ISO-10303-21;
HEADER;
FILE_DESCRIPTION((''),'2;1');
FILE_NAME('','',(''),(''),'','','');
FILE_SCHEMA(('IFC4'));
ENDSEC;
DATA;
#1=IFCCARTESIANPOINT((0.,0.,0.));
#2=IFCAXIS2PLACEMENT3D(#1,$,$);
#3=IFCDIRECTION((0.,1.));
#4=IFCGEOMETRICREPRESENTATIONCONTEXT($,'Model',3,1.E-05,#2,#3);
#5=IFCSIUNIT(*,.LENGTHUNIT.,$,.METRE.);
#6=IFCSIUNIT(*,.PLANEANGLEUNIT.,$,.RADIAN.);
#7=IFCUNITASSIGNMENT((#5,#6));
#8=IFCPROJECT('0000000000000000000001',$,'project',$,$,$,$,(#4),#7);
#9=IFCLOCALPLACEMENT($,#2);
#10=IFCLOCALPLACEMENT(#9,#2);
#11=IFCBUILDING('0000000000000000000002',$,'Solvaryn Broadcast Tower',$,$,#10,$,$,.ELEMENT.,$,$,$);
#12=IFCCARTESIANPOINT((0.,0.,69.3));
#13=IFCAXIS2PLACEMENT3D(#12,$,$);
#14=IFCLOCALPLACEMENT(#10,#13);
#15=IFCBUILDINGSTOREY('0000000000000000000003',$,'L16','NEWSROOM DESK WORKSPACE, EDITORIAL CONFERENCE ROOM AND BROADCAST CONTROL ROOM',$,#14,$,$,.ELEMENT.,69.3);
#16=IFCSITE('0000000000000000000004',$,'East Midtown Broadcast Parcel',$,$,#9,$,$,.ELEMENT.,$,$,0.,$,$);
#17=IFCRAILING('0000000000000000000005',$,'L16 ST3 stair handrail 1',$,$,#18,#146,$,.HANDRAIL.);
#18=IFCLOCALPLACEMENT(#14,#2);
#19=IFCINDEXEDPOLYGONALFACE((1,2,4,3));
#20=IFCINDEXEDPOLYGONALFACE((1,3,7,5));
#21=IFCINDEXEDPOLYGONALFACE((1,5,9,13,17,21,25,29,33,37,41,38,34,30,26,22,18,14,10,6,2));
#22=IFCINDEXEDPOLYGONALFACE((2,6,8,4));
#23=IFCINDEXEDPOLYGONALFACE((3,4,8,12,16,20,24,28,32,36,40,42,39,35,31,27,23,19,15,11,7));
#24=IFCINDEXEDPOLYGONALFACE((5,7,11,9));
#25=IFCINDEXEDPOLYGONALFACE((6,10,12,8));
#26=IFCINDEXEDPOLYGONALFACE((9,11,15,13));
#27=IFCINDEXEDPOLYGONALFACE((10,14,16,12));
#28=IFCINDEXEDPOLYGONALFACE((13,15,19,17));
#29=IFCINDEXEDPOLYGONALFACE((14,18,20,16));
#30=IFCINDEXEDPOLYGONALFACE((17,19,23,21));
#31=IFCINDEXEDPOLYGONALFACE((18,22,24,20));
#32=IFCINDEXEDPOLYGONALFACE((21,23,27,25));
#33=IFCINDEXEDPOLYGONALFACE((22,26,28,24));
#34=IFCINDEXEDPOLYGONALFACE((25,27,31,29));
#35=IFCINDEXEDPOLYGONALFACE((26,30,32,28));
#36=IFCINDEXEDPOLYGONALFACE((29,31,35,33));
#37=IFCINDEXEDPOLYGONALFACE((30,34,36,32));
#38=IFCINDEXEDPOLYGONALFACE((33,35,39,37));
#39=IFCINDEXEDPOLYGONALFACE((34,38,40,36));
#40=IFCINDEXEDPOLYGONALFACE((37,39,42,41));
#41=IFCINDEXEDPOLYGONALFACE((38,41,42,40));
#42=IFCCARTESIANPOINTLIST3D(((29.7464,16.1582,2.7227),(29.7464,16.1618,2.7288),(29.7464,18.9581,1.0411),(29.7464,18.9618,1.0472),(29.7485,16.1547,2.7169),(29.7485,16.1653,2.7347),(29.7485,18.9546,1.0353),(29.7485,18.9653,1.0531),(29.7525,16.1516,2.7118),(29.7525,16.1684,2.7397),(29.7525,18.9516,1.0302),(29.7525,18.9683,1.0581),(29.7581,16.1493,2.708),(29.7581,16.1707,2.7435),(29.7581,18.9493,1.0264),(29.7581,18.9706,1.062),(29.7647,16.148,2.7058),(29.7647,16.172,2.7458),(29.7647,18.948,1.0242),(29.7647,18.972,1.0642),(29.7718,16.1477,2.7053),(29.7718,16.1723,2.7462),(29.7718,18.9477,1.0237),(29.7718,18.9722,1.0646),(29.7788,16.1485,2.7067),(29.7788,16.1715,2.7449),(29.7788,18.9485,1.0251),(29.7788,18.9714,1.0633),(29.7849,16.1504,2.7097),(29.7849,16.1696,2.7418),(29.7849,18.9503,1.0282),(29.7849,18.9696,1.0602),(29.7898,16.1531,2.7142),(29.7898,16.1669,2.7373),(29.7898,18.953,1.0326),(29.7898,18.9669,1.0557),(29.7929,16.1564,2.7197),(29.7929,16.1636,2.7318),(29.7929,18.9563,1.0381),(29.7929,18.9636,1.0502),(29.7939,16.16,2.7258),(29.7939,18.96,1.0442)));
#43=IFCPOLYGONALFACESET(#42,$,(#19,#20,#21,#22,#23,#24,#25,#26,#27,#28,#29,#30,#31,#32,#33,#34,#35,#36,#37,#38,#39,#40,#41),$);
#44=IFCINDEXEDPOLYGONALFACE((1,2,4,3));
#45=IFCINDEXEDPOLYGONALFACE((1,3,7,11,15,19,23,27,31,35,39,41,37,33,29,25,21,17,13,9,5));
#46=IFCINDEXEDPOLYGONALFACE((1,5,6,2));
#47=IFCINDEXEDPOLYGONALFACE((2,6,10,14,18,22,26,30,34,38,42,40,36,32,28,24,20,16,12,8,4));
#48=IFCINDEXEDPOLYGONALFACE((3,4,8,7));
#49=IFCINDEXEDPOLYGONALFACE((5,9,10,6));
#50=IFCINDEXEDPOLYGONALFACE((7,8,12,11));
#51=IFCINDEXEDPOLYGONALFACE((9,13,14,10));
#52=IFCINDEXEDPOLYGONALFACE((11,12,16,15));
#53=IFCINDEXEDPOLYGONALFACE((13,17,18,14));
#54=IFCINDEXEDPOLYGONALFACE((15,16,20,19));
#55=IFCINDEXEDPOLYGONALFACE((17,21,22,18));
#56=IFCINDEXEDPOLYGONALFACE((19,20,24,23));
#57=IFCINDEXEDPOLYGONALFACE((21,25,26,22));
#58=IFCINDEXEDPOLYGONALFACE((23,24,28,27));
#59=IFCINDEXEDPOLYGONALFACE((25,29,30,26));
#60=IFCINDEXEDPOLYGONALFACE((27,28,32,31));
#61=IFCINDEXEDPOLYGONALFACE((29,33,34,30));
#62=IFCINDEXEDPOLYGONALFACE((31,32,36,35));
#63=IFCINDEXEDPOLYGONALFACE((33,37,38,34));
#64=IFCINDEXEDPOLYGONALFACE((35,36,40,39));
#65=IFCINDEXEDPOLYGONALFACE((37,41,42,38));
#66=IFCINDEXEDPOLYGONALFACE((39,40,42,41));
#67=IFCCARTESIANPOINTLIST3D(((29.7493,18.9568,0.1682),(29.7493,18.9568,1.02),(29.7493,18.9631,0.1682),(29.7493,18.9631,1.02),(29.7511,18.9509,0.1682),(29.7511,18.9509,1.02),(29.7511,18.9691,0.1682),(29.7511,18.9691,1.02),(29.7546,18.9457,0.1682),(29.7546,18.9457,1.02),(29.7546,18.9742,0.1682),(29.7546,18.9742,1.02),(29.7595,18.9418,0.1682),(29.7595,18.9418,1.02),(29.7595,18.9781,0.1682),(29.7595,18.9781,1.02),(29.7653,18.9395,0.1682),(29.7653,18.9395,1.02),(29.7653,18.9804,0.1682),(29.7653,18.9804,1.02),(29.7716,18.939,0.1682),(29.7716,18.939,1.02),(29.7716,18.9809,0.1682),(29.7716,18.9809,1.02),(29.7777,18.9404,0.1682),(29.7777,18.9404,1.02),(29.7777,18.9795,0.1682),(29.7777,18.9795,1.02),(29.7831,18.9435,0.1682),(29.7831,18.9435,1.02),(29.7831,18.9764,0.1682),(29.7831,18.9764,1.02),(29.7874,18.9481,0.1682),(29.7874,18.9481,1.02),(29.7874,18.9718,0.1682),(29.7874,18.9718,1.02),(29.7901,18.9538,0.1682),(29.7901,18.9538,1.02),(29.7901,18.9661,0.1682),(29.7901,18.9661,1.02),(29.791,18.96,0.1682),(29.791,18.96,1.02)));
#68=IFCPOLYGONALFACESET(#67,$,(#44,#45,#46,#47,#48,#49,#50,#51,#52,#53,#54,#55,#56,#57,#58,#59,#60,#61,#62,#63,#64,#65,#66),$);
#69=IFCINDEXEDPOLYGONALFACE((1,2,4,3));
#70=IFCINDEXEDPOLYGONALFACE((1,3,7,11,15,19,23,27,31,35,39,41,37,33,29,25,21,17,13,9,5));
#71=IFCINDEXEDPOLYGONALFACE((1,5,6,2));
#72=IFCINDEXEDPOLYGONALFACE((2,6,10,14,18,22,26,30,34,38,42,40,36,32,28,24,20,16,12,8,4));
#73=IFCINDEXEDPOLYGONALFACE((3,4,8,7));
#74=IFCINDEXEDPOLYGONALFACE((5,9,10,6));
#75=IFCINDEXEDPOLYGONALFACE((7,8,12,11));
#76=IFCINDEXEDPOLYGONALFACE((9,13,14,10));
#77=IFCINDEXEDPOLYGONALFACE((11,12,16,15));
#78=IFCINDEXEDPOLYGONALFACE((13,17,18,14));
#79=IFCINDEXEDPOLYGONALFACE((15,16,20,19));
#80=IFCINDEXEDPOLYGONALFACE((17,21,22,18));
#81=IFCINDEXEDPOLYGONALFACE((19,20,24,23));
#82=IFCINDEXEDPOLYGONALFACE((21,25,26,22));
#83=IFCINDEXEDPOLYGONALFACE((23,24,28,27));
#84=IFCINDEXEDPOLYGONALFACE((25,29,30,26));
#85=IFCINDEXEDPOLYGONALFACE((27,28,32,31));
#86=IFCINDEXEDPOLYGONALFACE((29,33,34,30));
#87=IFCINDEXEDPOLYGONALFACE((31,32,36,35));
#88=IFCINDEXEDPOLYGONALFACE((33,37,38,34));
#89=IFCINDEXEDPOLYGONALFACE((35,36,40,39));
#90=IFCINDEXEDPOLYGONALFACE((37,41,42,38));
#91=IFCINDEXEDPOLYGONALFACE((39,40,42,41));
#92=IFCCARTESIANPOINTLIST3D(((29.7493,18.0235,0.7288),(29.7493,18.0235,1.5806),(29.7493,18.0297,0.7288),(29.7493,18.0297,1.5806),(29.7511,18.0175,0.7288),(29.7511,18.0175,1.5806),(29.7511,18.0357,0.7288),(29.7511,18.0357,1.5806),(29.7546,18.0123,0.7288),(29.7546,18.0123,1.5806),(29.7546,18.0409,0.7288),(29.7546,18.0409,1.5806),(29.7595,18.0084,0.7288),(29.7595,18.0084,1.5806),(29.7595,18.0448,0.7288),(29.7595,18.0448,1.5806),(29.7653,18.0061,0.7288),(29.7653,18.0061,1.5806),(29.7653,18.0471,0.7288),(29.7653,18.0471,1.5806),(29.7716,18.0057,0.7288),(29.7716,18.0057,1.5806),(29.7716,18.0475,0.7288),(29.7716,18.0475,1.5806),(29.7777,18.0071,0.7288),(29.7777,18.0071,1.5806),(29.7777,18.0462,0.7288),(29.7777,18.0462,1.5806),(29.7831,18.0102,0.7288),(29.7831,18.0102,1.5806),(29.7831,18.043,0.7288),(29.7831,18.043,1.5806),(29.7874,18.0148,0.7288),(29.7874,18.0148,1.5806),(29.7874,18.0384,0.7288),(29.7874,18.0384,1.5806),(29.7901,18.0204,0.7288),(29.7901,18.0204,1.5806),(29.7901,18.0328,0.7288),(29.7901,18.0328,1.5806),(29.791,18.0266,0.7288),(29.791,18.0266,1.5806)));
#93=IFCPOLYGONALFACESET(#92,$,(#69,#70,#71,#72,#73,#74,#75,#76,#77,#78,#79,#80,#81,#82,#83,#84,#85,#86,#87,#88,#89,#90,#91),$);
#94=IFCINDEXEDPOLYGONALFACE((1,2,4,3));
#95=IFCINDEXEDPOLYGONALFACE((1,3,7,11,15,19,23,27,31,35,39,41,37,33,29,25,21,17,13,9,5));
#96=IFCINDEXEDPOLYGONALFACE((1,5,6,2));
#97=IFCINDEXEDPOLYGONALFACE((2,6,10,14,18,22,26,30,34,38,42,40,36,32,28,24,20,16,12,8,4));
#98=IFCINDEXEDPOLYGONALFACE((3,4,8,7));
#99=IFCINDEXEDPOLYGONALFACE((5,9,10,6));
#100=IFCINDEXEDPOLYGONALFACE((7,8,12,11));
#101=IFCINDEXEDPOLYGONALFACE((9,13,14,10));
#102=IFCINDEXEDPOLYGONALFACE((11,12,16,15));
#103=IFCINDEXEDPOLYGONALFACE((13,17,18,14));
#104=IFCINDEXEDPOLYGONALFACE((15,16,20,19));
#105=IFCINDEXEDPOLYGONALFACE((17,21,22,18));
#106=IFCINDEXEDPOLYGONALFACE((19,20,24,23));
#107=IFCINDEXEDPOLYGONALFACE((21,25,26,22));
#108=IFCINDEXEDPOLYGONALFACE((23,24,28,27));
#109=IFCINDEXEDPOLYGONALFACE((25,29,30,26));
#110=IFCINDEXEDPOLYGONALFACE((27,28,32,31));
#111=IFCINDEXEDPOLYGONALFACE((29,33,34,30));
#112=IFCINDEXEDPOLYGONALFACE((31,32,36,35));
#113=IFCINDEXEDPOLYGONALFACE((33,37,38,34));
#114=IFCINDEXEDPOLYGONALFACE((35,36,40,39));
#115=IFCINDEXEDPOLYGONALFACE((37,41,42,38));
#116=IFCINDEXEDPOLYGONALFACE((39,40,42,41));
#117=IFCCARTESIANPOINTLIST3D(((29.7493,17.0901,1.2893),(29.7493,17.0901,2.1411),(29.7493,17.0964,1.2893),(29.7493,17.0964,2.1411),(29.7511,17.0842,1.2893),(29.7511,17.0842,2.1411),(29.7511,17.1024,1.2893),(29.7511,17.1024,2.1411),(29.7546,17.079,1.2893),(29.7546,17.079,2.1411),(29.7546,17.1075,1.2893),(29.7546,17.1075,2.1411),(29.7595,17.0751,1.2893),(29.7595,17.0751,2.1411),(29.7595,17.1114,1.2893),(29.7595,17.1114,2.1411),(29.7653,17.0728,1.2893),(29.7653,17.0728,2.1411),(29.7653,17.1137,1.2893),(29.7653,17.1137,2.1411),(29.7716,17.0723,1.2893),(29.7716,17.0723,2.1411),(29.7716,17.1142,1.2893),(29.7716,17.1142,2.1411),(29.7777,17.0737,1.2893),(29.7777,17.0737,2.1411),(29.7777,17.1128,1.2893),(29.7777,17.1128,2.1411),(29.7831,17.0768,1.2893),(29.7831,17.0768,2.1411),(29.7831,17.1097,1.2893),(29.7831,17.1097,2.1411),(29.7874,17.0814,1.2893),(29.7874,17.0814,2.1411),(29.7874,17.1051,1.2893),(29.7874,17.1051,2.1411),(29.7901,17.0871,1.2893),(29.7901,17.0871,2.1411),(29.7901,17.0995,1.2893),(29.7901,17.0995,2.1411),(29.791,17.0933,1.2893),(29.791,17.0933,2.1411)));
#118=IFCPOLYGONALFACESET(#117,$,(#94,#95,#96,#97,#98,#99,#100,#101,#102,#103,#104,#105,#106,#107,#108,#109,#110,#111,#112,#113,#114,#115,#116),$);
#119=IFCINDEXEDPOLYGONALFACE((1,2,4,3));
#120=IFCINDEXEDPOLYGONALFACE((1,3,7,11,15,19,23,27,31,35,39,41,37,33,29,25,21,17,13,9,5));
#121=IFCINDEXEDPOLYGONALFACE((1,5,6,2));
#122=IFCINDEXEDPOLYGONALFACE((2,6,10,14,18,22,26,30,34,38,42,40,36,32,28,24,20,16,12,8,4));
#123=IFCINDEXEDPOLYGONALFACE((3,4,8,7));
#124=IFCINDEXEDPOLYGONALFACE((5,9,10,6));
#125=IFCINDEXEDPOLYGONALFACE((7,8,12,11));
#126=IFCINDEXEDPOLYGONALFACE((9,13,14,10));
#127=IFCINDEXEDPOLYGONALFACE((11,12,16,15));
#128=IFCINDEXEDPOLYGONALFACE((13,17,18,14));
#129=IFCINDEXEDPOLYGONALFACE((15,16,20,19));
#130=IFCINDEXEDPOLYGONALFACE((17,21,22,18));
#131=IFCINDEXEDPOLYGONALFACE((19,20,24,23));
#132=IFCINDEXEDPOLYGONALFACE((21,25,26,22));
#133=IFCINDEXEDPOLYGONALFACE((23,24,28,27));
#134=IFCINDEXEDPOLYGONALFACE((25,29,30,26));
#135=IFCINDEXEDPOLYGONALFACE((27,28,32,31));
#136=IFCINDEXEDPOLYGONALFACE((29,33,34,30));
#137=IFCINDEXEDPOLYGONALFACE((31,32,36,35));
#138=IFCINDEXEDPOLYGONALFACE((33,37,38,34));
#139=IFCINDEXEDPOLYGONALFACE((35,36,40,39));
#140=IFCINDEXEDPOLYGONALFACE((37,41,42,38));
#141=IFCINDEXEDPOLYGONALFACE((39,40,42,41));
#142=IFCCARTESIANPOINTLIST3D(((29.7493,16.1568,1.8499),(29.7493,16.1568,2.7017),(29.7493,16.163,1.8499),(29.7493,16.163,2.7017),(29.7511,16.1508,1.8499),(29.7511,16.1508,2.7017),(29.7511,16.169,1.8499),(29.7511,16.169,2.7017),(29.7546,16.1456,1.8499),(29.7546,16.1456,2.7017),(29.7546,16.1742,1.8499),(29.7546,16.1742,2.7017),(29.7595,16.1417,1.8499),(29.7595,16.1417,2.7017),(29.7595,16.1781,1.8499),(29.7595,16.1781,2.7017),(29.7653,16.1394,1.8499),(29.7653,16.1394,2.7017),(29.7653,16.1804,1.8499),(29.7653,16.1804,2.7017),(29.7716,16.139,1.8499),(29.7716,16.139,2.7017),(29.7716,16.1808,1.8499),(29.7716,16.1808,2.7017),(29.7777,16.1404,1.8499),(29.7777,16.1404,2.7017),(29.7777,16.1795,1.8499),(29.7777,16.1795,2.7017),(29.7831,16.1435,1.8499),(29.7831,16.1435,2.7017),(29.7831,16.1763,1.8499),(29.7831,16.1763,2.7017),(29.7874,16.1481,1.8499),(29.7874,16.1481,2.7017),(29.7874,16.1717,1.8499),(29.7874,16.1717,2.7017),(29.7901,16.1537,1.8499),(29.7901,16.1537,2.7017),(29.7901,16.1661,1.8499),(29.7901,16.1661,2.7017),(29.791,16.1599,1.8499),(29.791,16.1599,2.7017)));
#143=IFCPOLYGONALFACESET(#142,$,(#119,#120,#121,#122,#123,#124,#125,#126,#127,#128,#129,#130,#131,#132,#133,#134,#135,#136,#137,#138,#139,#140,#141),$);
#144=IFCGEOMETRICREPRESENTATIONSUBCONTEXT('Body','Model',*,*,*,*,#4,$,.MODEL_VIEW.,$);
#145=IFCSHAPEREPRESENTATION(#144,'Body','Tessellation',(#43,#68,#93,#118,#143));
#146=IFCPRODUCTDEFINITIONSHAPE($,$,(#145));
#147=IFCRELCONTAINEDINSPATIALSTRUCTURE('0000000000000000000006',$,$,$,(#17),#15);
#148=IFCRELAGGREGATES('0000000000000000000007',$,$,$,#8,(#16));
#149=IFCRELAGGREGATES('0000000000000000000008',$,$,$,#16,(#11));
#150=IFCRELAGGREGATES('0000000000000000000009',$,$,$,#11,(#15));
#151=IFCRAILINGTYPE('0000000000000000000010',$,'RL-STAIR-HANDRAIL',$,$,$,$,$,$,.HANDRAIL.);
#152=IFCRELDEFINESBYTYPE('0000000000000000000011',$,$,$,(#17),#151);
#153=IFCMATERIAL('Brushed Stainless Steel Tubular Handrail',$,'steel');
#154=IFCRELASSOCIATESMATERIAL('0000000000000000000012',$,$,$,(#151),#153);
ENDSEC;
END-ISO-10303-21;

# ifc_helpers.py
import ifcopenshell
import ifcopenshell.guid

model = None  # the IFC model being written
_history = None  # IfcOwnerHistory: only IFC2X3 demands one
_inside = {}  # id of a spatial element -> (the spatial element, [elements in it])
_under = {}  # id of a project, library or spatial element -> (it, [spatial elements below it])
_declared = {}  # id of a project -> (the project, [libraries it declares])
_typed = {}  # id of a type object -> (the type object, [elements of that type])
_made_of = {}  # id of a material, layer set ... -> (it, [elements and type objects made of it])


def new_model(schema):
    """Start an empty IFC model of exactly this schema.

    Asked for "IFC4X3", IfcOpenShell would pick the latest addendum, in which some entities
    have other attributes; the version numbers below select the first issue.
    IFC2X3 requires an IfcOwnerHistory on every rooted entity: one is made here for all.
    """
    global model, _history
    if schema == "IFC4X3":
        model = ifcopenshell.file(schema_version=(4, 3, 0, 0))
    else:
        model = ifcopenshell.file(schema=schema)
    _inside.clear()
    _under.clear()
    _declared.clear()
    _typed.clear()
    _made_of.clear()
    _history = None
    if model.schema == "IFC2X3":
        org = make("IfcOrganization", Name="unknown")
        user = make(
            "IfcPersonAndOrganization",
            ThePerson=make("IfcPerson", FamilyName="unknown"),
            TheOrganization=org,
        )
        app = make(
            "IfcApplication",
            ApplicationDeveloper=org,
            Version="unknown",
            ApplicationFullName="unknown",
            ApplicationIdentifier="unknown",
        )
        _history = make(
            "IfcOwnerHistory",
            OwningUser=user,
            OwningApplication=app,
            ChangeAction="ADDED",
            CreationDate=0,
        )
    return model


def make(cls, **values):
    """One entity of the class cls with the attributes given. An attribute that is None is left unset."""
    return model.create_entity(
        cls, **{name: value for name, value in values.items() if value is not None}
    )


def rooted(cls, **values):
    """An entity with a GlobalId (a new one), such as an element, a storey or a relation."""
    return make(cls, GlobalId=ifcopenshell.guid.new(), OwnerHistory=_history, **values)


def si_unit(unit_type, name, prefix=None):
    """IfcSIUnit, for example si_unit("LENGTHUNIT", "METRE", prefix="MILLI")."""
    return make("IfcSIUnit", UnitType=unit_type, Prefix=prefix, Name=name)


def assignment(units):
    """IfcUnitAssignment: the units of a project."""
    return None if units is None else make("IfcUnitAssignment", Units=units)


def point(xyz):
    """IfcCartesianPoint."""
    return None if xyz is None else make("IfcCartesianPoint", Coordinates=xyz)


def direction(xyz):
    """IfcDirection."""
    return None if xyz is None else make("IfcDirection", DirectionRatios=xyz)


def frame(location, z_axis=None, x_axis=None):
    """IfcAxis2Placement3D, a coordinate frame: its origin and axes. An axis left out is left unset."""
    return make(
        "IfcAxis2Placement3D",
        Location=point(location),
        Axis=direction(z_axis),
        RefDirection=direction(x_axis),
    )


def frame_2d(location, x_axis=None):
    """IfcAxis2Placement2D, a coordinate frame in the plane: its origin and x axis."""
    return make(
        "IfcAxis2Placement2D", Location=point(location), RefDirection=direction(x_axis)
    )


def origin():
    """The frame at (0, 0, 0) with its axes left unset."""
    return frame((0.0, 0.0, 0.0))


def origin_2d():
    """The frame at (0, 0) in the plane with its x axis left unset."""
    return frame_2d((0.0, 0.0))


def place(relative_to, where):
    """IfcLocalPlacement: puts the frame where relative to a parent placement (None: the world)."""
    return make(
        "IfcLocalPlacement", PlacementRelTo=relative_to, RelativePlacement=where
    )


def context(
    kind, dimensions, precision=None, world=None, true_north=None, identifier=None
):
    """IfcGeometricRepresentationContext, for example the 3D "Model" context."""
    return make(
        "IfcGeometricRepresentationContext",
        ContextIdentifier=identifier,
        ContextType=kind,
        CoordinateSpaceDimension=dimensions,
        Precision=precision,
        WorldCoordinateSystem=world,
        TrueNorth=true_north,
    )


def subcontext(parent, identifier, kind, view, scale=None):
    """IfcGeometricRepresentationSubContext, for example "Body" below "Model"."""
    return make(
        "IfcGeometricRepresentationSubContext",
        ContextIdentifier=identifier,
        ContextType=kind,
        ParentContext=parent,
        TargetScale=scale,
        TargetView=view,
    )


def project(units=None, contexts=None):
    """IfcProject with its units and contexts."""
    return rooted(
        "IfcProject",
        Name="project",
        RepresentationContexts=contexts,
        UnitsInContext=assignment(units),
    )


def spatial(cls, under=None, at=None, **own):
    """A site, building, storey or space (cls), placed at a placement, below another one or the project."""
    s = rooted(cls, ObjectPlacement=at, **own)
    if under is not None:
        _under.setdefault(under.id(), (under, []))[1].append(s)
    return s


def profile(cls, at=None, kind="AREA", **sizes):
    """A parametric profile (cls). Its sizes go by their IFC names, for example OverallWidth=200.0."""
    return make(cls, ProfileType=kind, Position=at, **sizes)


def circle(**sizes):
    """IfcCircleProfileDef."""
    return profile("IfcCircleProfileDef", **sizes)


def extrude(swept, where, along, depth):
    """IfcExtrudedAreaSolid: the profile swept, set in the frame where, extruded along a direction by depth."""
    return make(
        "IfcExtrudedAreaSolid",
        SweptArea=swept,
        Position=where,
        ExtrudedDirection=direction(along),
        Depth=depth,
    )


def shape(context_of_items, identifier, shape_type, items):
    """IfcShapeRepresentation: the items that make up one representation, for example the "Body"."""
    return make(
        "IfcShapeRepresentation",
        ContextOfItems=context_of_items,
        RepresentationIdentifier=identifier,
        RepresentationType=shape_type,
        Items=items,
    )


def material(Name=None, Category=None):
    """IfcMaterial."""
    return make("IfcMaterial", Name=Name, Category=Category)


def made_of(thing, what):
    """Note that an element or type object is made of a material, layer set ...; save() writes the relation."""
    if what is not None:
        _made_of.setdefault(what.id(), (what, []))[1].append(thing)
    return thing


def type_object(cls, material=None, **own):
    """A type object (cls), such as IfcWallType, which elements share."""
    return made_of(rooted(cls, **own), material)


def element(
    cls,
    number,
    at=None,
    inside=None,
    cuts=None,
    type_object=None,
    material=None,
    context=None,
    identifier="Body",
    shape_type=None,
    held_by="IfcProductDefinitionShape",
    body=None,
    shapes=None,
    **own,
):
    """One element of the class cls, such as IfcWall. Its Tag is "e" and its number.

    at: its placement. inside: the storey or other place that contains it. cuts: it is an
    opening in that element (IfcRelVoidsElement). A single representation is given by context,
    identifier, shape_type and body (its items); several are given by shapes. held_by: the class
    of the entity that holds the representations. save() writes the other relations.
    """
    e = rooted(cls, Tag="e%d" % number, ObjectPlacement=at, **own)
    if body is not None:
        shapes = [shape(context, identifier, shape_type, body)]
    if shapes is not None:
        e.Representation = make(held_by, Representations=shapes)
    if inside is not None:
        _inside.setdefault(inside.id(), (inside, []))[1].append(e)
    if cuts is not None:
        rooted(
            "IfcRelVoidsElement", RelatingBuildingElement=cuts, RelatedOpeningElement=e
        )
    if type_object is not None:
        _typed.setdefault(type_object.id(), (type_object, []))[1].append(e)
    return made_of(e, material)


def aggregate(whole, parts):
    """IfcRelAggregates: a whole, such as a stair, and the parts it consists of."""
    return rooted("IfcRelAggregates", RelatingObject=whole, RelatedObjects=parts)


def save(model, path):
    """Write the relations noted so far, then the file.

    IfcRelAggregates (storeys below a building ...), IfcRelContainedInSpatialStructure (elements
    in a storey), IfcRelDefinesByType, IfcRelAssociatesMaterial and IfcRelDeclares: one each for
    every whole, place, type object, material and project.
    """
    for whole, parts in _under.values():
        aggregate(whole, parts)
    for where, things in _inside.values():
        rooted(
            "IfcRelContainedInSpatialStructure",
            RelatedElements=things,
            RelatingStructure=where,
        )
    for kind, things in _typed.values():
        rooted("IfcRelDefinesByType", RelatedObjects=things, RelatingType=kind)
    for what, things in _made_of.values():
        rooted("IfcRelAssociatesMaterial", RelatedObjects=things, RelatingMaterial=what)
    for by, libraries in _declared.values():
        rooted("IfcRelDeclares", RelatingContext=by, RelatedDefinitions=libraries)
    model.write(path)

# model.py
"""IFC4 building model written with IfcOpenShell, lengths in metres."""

from ifc_helpers import new_model, si_unit, direction, frame, origin, origin_2d, place, context, subcontext, project, spatial, circle, extrude, material, type_object, element, save


model = new_model("IFC4")

# Units and contexts
model_context = context("Model", 3, precision=1e-05, world=origin(), true_north=direction((0.0, 1.0)))
body_context = subcontext(model_context, "Body", "Model", "MODEL_VIEW")
ifc_project = project(units=[si_unit("LENGTHUNIT", "METRE"), si_unit("PLANEANGLEUNIT", "RADIAN")], contexts=[model_context])

# Site, building, storey
site_placement = place(None, origin())
site = spatial("IfcSite", under=ifc_project, at=site_placement, Name="East Midtown Broadcast Parcel", CompositionType="ELEMENT", RefElevation=0.0)
building_placement = place(site_placement, origin())
building = spatial("IfcBuilding", under=site, at=building_placement, Name="Solvaryn Broadcast Tower", CompositionType="ELEMENT")
storey_placement = place(building_placement, frame((0.0, 0.0, 69.3)))
storey = spatial("IfcBuildingStorey", under=building, at=storey_placement, Name="L16", Description="NEWSROOM DESK WORKSPACE, EDITORIAL CONFERENCE ROOM AND BROADCAST CONTROL ROOM", CompositionType="ELEMENT", Elevation=69.3)

# Railing
ifc_material_1 = material(Name="Brushed Stainless Steel Tubular Handrail", Category="steel")
railing_type_1 = type_object("IfcRailingType", Name="RL-STAIR-HANDRAIL", PredefinedType="HANDRAIL", material=ifc_material_1)
railing_1_placement = place(storey_placement, frame((29.77, 18.96, 0.1682)))
element("IfcRailing", 1, at=railing_1_placement, inside=storey, type_object=railing_type_1, Name="L16 ST3 stair handrail 1", PredefinedType="HANDRAIL", context=body_context, shape_type="SweptSolid", body=[
    extrude(circle(Radius=0.0239, at=origin_2d()), frame((0.0, 0.0, 0.876), z_axis=(0.0, -0.857275, 0.514858), x_axis=(1.0, 0.0, 0.0)), (0.0, 0.0, 1.0), 3.2661),
    extrude(circle(Radius=0.021, at=origin_2d()), origin(), (0.0, 0.0, 1.0), 0.8518),
    extrude(circle(Radius=0.021, at=origin_2d()), frame((0.0, -0.9333, 0.5605)), (0.0, 0.0, 1.0), 0.8518),
    extrude(circle(Radius=0.021, at=origin_2d()), frame((0.0, -1.8667, 1.1211)), (0.0, 0.0, 1.0), 0.8518),
    extrude(circle(Radius=0.021, at=origin_2d()), frame((0.0, -2.8, 1.6816)), (0.0, 0.0, 1.0), 0.8518),
])

save(model, "model.ifc")
